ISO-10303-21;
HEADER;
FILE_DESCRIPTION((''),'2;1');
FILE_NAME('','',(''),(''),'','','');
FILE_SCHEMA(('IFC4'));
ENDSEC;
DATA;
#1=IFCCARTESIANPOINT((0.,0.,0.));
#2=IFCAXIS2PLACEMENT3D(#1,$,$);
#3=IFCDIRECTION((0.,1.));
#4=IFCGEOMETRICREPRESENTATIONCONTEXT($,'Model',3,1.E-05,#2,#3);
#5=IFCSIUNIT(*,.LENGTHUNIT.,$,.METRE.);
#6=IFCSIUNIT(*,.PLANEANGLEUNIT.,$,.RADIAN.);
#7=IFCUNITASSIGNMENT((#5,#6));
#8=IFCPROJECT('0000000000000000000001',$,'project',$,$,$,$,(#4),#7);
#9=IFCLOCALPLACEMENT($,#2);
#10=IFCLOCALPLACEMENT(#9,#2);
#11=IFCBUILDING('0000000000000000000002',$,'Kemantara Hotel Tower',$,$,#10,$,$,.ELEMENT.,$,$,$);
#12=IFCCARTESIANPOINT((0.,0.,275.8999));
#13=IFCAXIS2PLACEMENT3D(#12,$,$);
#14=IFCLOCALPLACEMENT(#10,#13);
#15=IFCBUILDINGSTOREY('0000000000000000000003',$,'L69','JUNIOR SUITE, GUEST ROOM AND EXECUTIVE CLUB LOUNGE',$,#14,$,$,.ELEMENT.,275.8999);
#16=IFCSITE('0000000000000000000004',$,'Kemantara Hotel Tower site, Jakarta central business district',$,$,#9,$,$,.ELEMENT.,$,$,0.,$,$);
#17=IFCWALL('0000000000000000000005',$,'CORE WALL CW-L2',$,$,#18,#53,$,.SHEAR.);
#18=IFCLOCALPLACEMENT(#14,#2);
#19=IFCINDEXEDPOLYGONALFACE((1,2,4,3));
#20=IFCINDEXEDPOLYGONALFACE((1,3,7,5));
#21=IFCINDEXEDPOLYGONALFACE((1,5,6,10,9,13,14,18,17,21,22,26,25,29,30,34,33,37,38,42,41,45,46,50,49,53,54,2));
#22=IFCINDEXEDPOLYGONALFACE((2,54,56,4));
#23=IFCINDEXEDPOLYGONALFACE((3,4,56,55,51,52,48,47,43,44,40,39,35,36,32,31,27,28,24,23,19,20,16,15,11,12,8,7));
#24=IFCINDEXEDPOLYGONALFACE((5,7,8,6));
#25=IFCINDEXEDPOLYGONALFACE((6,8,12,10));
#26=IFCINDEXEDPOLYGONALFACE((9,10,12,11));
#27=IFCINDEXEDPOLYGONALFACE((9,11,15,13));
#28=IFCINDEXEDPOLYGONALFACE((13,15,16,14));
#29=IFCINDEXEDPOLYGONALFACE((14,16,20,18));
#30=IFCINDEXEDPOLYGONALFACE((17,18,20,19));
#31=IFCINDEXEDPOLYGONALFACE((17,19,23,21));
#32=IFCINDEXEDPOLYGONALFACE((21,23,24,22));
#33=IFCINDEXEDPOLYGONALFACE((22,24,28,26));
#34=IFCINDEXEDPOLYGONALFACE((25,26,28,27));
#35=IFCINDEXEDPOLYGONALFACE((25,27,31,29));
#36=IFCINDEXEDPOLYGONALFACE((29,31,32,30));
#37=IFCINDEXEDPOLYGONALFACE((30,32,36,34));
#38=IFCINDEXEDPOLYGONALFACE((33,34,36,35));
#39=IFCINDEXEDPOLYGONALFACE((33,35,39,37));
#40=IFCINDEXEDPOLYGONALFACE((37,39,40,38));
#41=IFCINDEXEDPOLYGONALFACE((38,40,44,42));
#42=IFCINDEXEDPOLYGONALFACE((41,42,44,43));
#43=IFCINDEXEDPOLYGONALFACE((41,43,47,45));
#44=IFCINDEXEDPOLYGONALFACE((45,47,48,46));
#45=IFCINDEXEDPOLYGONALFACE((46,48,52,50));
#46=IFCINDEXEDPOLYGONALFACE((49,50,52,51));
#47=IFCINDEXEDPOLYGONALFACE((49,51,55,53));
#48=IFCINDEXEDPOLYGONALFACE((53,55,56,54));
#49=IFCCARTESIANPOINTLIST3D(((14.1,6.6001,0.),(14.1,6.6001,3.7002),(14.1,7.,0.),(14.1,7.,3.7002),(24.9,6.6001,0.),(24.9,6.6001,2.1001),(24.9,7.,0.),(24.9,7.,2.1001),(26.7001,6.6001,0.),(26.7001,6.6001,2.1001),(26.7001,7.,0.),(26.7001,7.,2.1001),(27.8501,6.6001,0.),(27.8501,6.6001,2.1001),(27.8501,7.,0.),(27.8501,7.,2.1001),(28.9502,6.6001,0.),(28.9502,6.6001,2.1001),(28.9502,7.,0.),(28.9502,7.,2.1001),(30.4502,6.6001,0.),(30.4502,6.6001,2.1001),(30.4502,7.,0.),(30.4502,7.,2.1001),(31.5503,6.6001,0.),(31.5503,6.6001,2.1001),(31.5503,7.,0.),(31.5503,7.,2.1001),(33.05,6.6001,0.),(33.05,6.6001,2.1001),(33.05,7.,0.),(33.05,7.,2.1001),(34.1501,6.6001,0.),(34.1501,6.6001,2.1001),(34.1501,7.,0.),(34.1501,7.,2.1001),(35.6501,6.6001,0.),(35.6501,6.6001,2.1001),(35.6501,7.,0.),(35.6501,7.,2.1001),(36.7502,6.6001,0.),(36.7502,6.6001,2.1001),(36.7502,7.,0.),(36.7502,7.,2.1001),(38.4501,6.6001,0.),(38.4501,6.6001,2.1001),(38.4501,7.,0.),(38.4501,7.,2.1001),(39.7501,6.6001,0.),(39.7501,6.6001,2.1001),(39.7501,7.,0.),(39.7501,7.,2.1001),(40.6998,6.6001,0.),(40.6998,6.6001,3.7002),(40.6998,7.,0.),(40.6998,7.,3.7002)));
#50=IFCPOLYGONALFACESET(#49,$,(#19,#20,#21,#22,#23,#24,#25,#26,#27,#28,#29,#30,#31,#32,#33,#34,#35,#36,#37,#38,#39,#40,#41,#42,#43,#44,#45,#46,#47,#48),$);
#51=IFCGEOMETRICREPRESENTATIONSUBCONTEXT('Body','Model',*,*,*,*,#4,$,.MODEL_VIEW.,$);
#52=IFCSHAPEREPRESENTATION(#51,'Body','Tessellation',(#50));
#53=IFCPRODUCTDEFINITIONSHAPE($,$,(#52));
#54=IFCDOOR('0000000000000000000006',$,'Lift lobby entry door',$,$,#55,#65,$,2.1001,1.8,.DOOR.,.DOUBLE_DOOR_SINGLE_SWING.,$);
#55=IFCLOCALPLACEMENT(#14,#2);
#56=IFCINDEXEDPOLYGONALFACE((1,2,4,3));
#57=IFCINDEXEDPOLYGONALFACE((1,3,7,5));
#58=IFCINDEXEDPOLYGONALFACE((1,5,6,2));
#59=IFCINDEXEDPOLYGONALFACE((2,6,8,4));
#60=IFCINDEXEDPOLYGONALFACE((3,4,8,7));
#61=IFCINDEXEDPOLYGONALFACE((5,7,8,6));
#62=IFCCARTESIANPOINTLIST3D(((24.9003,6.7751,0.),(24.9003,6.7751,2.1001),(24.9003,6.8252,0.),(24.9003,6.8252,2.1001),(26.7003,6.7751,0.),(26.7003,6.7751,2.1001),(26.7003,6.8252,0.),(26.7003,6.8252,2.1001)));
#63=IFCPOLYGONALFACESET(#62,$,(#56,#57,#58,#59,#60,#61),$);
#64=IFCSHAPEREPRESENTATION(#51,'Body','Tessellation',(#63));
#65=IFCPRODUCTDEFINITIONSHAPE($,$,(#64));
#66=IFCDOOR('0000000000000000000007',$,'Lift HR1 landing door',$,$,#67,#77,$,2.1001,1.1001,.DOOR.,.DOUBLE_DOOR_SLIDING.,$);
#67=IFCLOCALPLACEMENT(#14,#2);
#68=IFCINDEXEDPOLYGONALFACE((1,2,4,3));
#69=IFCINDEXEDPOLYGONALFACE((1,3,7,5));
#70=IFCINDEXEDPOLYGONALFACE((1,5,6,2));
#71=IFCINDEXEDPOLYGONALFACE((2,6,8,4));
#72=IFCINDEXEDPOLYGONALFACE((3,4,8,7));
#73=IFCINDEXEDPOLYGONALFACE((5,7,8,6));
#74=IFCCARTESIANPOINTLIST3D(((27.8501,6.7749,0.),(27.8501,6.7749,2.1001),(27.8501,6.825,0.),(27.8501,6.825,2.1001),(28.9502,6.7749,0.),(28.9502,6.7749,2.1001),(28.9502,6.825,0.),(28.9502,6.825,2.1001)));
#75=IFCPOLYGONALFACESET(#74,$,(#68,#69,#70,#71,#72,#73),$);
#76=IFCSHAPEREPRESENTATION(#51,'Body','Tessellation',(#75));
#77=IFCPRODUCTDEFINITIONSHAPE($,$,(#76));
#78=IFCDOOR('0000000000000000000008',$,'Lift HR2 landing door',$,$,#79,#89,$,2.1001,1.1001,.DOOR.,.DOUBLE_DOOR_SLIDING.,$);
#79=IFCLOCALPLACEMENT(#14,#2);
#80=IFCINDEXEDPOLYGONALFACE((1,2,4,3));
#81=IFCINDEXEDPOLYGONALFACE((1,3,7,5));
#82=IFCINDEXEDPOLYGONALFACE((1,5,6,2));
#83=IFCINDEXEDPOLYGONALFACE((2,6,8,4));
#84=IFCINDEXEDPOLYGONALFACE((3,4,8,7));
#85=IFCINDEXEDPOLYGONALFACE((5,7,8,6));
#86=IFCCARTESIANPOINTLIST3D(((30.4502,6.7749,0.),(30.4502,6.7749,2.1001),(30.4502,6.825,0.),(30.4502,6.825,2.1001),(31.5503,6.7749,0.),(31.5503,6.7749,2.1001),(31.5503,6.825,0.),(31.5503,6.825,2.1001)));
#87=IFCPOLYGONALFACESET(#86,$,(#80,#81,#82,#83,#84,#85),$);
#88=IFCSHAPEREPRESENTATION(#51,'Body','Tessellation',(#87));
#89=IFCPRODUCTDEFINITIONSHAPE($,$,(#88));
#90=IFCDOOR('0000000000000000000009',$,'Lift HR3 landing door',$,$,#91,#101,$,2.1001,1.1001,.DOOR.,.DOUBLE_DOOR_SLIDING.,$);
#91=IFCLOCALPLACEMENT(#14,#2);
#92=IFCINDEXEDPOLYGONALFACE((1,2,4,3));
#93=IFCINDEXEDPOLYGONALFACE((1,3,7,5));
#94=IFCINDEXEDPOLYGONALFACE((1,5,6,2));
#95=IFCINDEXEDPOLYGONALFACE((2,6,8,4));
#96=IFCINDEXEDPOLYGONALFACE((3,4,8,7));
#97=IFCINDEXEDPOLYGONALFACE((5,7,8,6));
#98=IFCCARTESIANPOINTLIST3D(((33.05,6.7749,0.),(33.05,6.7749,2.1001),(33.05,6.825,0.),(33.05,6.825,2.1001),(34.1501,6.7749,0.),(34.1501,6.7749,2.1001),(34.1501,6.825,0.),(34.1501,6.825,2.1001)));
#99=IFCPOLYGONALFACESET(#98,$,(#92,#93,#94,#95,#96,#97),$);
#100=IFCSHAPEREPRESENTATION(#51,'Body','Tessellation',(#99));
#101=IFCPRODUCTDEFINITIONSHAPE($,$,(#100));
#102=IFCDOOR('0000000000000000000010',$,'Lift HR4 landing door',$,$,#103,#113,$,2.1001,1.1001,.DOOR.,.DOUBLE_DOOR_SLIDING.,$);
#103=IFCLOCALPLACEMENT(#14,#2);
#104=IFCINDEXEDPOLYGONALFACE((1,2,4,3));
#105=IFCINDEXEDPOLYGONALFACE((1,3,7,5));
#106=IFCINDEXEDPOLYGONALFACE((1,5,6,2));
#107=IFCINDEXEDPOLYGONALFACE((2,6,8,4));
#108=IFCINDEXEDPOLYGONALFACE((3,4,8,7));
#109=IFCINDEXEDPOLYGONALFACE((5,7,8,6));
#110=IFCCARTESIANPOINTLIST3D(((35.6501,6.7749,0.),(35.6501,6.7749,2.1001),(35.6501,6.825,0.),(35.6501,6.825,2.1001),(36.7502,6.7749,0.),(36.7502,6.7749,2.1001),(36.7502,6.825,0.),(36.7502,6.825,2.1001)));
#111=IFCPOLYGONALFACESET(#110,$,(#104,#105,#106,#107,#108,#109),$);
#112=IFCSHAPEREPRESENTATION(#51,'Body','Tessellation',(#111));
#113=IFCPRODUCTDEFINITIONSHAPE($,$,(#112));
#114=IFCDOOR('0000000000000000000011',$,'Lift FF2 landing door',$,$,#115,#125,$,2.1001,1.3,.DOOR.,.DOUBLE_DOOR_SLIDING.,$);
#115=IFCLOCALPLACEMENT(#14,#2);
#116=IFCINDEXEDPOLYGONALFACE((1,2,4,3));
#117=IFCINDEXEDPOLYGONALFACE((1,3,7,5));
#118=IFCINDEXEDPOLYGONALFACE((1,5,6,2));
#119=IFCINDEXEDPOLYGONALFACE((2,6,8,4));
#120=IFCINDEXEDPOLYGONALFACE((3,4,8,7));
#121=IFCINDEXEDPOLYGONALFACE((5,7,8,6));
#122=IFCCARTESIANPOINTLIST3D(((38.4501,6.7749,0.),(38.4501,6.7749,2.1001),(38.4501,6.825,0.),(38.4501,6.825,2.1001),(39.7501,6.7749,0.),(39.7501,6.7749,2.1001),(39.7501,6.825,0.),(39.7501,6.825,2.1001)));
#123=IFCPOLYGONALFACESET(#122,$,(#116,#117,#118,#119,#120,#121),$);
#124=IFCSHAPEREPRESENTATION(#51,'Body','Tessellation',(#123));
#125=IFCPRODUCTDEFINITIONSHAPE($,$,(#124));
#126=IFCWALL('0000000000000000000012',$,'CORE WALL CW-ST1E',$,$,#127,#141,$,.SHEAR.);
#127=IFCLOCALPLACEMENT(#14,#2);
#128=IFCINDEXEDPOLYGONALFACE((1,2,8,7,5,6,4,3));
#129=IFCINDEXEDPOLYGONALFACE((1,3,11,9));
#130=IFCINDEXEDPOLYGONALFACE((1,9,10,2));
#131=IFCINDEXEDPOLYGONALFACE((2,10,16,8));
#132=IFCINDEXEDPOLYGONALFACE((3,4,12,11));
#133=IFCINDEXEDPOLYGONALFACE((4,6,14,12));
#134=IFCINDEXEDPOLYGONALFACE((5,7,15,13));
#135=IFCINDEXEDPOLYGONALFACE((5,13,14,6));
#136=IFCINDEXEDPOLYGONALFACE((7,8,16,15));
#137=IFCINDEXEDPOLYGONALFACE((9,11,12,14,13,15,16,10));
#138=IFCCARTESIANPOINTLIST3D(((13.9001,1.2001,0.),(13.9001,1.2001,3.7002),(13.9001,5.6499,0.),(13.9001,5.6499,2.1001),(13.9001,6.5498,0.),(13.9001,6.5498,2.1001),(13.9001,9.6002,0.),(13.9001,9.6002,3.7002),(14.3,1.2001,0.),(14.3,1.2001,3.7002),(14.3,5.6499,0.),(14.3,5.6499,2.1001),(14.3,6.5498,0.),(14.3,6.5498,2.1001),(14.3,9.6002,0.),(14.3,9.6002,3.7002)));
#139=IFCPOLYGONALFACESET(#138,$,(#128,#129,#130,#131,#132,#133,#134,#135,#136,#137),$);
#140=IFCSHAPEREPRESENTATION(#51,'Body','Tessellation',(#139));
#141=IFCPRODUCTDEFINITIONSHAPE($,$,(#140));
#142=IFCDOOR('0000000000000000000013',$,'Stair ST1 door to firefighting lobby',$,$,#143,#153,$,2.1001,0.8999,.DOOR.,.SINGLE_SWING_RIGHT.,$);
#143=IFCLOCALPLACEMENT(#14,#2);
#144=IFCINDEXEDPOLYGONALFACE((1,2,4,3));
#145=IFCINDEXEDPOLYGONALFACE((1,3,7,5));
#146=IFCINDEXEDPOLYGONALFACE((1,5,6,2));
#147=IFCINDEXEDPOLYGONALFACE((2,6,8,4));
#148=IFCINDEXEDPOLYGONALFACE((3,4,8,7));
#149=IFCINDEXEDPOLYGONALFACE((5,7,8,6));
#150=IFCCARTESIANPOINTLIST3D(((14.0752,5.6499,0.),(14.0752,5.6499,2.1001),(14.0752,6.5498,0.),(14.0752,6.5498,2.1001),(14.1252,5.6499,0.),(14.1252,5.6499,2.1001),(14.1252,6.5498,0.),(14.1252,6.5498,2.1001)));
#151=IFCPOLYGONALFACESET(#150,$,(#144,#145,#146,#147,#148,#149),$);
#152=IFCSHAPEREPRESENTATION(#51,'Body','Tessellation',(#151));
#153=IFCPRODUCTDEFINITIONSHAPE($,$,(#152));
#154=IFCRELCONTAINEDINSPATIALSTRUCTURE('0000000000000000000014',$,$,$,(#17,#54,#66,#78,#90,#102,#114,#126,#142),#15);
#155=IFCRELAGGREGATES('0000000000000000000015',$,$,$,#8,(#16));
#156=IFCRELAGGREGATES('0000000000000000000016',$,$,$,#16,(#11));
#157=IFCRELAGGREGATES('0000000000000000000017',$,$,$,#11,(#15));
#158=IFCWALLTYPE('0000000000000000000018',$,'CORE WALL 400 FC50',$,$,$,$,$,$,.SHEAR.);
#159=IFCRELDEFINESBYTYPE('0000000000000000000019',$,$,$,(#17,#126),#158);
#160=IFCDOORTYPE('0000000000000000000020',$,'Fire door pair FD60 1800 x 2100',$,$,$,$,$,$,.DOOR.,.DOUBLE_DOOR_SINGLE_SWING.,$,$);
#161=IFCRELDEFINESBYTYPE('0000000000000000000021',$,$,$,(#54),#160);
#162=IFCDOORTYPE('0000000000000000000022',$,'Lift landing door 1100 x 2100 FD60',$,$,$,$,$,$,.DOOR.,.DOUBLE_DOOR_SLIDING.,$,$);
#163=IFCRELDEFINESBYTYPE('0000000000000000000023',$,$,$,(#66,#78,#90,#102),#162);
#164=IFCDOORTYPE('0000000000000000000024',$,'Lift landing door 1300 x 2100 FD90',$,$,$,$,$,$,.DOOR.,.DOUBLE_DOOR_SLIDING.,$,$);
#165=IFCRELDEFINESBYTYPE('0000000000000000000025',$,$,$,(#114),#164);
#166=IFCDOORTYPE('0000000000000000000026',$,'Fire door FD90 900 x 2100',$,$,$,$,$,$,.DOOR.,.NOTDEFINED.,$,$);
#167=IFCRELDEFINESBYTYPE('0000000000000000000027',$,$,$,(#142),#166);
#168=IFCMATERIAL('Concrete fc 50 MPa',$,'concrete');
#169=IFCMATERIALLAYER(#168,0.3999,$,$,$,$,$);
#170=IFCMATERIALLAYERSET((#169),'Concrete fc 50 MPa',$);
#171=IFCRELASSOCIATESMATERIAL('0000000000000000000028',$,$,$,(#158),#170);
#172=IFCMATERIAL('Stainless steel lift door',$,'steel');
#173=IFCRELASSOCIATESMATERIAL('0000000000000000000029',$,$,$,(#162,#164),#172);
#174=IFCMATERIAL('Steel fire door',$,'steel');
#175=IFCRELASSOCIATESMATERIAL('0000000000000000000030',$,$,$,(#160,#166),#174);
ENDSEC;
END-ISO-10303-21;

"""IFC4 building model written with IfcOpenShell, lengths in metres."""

from ifc_helpers import new_model, si_unit, direction, frame, frame_2d, origin, place, context, subcontext, project, spatial, rectangle, extrude, material, layer, layer_set, type_object, element, fill, save


model = new_model("IFC4")

# Units and contexts
model_context = context("Model", 3, precision=1e-05, world=origin(), true_north=direction((0.0, 1.0)))
body_context = subcontext(model_context, "Body", "Model", "MODEL_VIEW")
ifc_project = project(units=[si_unit("LENGTHUNIT", "METRE"), si_unit("PLANEANGLEUNIT", "RADIAN")], contexts=[model_context])

# Site, building, storey
site_placement = place(None, origin())
site = spatial("IfcSite", under=ifc_project, at=site_placement, Name="Kemantara Hotel Tower site, Jakarta central business district", CompositionType="ELEMENT", RefElevation=0.0)
building_placement = place(site_placement, origin())
building = spatial("IfcBuilding", under=site, at=building_placement, Name="Kemantara Hotel Tower", CompositionType="ELEMENT")
storey_placement = place(building_placement, frame((0.0, 0.0, 275.8999)))
storey = spatial("IfcBuildingStorey", under=building, at=storey_placement, Name="L69", Description="JUNIOR SUITE, GUEST ROOM AND EXECUTIVE CLUB LOUNGE", CompositionType="ELEMENT", Elevation=275.8999)

# Shared definitions
ifc_material_1 = material(Name="Concrete fc 50 MPa", Category="concrete")

# Wall, openings, doors
ifc_layer_1 = layer(ifc_material_1, 0.3999)
ifc_layer_set_1 = layer_set([ifc_layer_1], Name="Concrete fc 50 MPa")
wall_type_1 = type_object("IfcWallType", Name="CORE WALL 400 FC50", PredefinedType="SHEAR", material=ifc_layer_set_1)
ifc_material_2 = material(Name="Steel fire door", Category="steel")
ifc_material_3 = material(Name="Stainless steel lift door", Category="steel")
door_type_1 = type_object("IfcDoorType", Name="Lift landing door 1100 x 2100 FD60", OperationType="DOUBLE_DOOR_SLIDING", PredefinedType="DOOR", material=ifc_material_3)
door_type_2 = type_object("IfcDoorType", Name="Lift landing door 1300 x 2100 FD90", OperationType="DOUBLE_DOOR_SLIDING", PredefinedType="DOOR", material=ifc_material_3)
wall_1_placement = place(storey_placement, frame((14.1001, 6.8, 0.0), z_axis=(0.0, 0.0, 1.0), x_axis=(1.0, 0.0, 0.0)))
wall_1 = element("IfcWall", 1, at=wall_1_placement, inside=storey, type_object=wall_type_1, Name="CORE WALL CW-L2", PredefinedType="SHEAR", context=body_context, shape_type="SweptSolid", body=[
    extrude(rectangle(XDim=26.5999, YDim=0.3999, at=frame_2d((13.2998, 0.0))), origin(), (0.0, 0.0, 1.0), 3.7002),
])
opening_1_placement = place(wall_1_placement, frame((10.8, 0.0, 0.0)))
opening_1 = element("IfcOpeningElement", 2, at=opening_1_placement, cuts=wall_1, PredefinedType="OPENING", context=body_context, shape_type="SweptSolid", body=[
    extrude(rectangle(XDim=1.8, YDim=2.1001, at=frame_2d((0.8999, 1.05))), frame((0.0, 0.21, 0.0), z_axis=(0.0, -1.0, 0.0), x_axis=(1.0, 0.0, 0.0)), (0.0, 0.0, 1.0), 0.4199),
])
opening_2_placement = place(wall_1_placement, frame((13.75, 0.0, 0.0)))
opening_2 = element("IfcOpeningElement", 3, at=opening_2_placement, cuts=wall_1, PredefinedType="OPENING", context=body_context, shape_type="SweptSolid", body=[
    extrude(rectangle(XDim=1.1001, YDim=2.1001, at=frame_2d((0.55, 1.05))), frame((0.0, 0.21, 0.0), z_axis=(0.0, -1.0, 0.0), x_axis=(1.0, 0.0, 0.0)), (0.0, 0.0, 1.0), 0.4199),
])
opening_3_placement = place(wall_1_placement, frame((16.3501, 0.0, 0.0)))
opening_3 = element("IfcOpeningElement", 4, at=opening_3_placement, cuts=wall_1, PredefinedType="OPENING", context=body_context, shape_type="SweptSolid", body=[
    extrude(rectangle(XDim=1.1001, YDim=2.1001, at=frame_2d((0.55, 1.05))), frame((0.0, 0.21, 0.0), z_axis=(0.0, -1.0, 0.0), x_axis=(1.0, 0.0, 0.0)), (0.0, 0.0, 1.0), 0.4199),
])
opening_4_placement = place(wall_1_placement, frame((18.95, 0.0, 0.0)))
opening_4 = element("IfcOpeningElement", 5, at=opening_4_placement, cuts=wall_1, PredefinedType="OPENING", context=body_context, shape_type="SweptSolid", body=[
    extrude(rectangle(XDim=1.1001, YDim=2.1001, at=frame_2d((0.55, 1.05))), frame((0.0, 0.21, 0.0), z_axis=(0.0, -1.0, 0.0), x_axis=(1.0, 0.0, 0.0)), (0.0, 0.0, 1.0), 0.4199),
])
opening_5_placement = place(wall_1_placement, frame((21.55, 0.0, 0.0)))
opening_5 = element("IfcOpeningElement", 6, at=opening_5_placement, cuts=wall_1, PredefinedType="OPENING", context=body_context, shape_type="SweptSolid", body=[
    extrude(rectangle(XDim=1.1001, YDim=2.1001, at=frame_2d((0.55, 1.05))), frame((0.0, 0.21, 0.0), z_axis=(0.0, -1.0, 0.0), x_axis=(1.0, 0.0, 0.0)), (0.0, 0.0, 1.0), 0.4199),
])
opening_6_placement = place(wall_1_placement, frame((24.3501, 0.0, 0.0)))
opening_6 = element("IfcOpeningElement", 7, at=opening_6_placement, cuts=wall_1, PredefinedType="OPENING", context=body_context, shape_type="SweptSolid", body=[
    extrude(rectangle(XDim=1.3, YDim=2.1001, at=frame_2d((0.6499, 1.05))), frame((0.0, 0.21, 0.0), z_axis=(0.0, -1.0, 0.0), x_axis=(1.0, 0.0, 0.0)), (0.0, 0.0, 1.0), 0.4199),
])
door_type_3 = type_object("IfcDoorType", Name="Fire door pair FD60 1800 x 2100", OperationType="DOUBLE_DOOR_SINGLE_SWING", PredefinedType="DOOR", material=ifc_material_2)
door_1_placement = place(opening_1_placement, frame((1.8, 0.0, 0.0), z_axis=(0.0, 0.0, 1.0), x_axis=(-1.0, 0.0, 0.0)))
door_1 = element("IfcDoor", 8, at=door_1_placement, inside=storey, type_object=door_type_3, Name="Lift lobby entry door", OperationType="DOUBLE_DOOR_SINGLE_SWING", OverallHeight=2.1001, OverallWidth=1.8, PredefinedType="DOOR", context=body_context, shape_type="SweptSolid", body=[
    extrude(rectangle(XDim=1.8, YDim=2.1001, at=frame_2d((0.8999, 1.05))), frame((0.0, 0.0249, 0.0), z_axis=(0.0, -1.0, 0.0), x_axis=(1.0, 0.0, 0.0)), (0.0, 0.0, 1.0), 0.05),
])
fill(opening_1, door_1)
door_2_placement = place(opening_2_placement, origin())
door_2 = element("IfcDoor", 9, at=door_2_placement, inside=storey, type_object=door_type_1, Name="Lift HR1 landing door", OperationType="DOUBLE_DOOR_SLIDING", OverallHeight=2.1001, OverallWidth=1.1001, PredefinedType="DOOR", context=body_context, shape_type="SweptSolid", body=[
    extrude(rectangle(XDim=1.1001, YDim=2.1001, at=frame_2d((0.55, 1.05))), frame((0.0, 0.0249, 0.0), z_axis=(0.0, -1.0, 0.0), x_axis=(1.0, 0.0, 0.0)), (0.0, 0.0, 1.0), 0.05),
])
fill(opening_2, door_2)
door_3_placement = place(opening_3_placement, origin())
door_3 = element("IfcDoor", 10, at=door_3_placement, inside=storey, type_object=door_type_1, Name="Lift HR2 landing door", OperationType="DOUBLE_DOOR_SLIDING", OverallHeight=2.1001, OverallWidth=1.1001, PredefinedType="DOOR", context=body_context, shape_type="SweptSolid", body=[
    extrude(rectangle(XDim=1.1001, YDim=2.1001, at=frame_2d((0.55, 1.05))), frame((0.0, 0.0249, 0.0), z_axis=(0.0, -1.0, 0.0), x_axis=(1.0, 0.0, 0.0)), (0.0, 0.0, 1.0), 0.05),
])
fill(opening_3, door_3)
door_4_placement = place(opening_4_placement, origin())
door_4 = element("IfcDoor", 11, at=door_4_placement, inside=storey, type_object=door_type_1, Name="Lift HR3 landing door", OperationType="DOUBLE_DOOR_SLIDING", OverallHeight=2.1001, OverallWidth=1.1001, PredefinedType="DOOR", context=body_context, shape_type="SweptSolid", body=[
    extrude(rectangle(XDim=1.1001, YDim=2.1001, at=frame_2d((0.55, 1.05))), frame((0.0, 0.0249, 0.0), z_axis=(0.0, -1.0, 0.0), x_axis=(1.0, 0.0, 0.0)), (0.0, 0.0, 1.0), 0.05),
])
fill(opening_4, door_4)
door_5_placement = place(opening_5_placement, origin())
door_5 = element("IfcDoor", 12, at=door_5_placement, inside=storey, type_object=door_type_1, Name="Lift HR4 landing door", OperationType="DOUBLE_DOOR_SLIDING", OverallHeight=2.1001, OverallWidth=1.1001, PredefinedType="DOOR", context=body_context, shape_type="SweptSolid", body=[
    extrude(rectangle(XDim=1.1001, YDim=2.1001, at=frame_2d((0.55, 1.05))), frame((0.0, 0.0249, 0.0), z_axis=(0.0, -1.0, 0.0), x_axis=(1.0, 0.0, 0.0)), (0.0, 0.0, 1.0), 0.05),
])
fill(opening_5, door_5)
door_6_placement = place(opening_6_placement, origin())
door_6 = element("IfcDoor", 13, at=door_6_placement, inside=storey, type_object=door_type_2, Name="Lift FF2 landing door", OperationType="DOUBLE_DOOR_SLIDING", OverallHeight=2.1001, OverallWidth=1.3, PredefinedType="DOOR", context=body_context, shape_type="SweptSolid", body=[
    extrude(rectangle(XDim=1.3, YDim=2.1001, at=frame_2d((0.6499, 1.05))), frame((0.0, 0.0249, 0.0), z_axis=(0.0, -1.0, 0.0), x_axis=(1.0, 0.0, 0.0)), (0.0, 0.0, 1.0), 0.05),
])
fill(opening_6, door_6)

# Wall, opening, door
wall_2_placement = place(storey_placement, frame((14.1001, 1.2, 0.0), z_axis=(0.0, 0.0, 1.0), x_axis=(0.0, 1.0, 0.0)))
wall_2 = element("IfcWall", 14, at=wall_2_placement, inside=storey, type_object=wall_type_1, Name="CORE WALL CW-ST1E", PredefinedType="SHEAR", context=body_context, shape_type="SweptSolid", body=[
    extrude(rectangle(XDim=8.4001, YDim=0.3999, at=frame_2d((4.2002, 0.0))), origin(), (0.0, 0.0, 1.0), 3.7002),
])
opening_7_placement = place(wall_2_placement, frame((4.45, 0.0, 0.0)))
opening_7 = element("IfcOpeningElement", 15, at=opening_7_placement, cuts=wall_2, PredefinedType="OPENING", context=body_context, shape_type="SweptSolid", body=[
    extrude(rectangle(XDim=0.8999, YDim=2.1001, at=frame_2d((0.45, 1.05))), frame((0.0, 0.21, 0.0), z_axis=(0.0, -1.0, 0.0), x_axis=(1.0, 0.0, 0.0)), (0.0, 0.0, 1.0), 0.4199),
])
door_type_4 = type_object("IfcDoorType", Name="Fire door FD90 900 x 2100", OperationType="NOTDEFINED", PredefinedType="DOOR", material=ifc_material_2)
door_7_placement = place(opening_7_placement, origin())
door_7 = element("IfcDoor", 16, at=door_7_placement, inside=storey, type_object=door_type_4, Name="Stair ST1 door to firefighting lobby", OperationType="SINGLE_SWING_RIGHT", OverallHeight=2.1001, OverallWidth=0.8999, PredefinedType="DOOR", context=body_context, shape_type="SweptSolid", body=[
    extrude(rectangle(XDim=0.8999, YDim=2.1001, at=frame_2d((0.45, 1.05))), frame((0.0, 0.0249, 0.0), z_axis=(0.0, -1.0, 0.0), x_axis=(1.0, 0.0, 0.0)), (0.0, 0.0, 1.0), 0.05),
])
fill(opening_7, door_7)

save(model, "model.ifc")
